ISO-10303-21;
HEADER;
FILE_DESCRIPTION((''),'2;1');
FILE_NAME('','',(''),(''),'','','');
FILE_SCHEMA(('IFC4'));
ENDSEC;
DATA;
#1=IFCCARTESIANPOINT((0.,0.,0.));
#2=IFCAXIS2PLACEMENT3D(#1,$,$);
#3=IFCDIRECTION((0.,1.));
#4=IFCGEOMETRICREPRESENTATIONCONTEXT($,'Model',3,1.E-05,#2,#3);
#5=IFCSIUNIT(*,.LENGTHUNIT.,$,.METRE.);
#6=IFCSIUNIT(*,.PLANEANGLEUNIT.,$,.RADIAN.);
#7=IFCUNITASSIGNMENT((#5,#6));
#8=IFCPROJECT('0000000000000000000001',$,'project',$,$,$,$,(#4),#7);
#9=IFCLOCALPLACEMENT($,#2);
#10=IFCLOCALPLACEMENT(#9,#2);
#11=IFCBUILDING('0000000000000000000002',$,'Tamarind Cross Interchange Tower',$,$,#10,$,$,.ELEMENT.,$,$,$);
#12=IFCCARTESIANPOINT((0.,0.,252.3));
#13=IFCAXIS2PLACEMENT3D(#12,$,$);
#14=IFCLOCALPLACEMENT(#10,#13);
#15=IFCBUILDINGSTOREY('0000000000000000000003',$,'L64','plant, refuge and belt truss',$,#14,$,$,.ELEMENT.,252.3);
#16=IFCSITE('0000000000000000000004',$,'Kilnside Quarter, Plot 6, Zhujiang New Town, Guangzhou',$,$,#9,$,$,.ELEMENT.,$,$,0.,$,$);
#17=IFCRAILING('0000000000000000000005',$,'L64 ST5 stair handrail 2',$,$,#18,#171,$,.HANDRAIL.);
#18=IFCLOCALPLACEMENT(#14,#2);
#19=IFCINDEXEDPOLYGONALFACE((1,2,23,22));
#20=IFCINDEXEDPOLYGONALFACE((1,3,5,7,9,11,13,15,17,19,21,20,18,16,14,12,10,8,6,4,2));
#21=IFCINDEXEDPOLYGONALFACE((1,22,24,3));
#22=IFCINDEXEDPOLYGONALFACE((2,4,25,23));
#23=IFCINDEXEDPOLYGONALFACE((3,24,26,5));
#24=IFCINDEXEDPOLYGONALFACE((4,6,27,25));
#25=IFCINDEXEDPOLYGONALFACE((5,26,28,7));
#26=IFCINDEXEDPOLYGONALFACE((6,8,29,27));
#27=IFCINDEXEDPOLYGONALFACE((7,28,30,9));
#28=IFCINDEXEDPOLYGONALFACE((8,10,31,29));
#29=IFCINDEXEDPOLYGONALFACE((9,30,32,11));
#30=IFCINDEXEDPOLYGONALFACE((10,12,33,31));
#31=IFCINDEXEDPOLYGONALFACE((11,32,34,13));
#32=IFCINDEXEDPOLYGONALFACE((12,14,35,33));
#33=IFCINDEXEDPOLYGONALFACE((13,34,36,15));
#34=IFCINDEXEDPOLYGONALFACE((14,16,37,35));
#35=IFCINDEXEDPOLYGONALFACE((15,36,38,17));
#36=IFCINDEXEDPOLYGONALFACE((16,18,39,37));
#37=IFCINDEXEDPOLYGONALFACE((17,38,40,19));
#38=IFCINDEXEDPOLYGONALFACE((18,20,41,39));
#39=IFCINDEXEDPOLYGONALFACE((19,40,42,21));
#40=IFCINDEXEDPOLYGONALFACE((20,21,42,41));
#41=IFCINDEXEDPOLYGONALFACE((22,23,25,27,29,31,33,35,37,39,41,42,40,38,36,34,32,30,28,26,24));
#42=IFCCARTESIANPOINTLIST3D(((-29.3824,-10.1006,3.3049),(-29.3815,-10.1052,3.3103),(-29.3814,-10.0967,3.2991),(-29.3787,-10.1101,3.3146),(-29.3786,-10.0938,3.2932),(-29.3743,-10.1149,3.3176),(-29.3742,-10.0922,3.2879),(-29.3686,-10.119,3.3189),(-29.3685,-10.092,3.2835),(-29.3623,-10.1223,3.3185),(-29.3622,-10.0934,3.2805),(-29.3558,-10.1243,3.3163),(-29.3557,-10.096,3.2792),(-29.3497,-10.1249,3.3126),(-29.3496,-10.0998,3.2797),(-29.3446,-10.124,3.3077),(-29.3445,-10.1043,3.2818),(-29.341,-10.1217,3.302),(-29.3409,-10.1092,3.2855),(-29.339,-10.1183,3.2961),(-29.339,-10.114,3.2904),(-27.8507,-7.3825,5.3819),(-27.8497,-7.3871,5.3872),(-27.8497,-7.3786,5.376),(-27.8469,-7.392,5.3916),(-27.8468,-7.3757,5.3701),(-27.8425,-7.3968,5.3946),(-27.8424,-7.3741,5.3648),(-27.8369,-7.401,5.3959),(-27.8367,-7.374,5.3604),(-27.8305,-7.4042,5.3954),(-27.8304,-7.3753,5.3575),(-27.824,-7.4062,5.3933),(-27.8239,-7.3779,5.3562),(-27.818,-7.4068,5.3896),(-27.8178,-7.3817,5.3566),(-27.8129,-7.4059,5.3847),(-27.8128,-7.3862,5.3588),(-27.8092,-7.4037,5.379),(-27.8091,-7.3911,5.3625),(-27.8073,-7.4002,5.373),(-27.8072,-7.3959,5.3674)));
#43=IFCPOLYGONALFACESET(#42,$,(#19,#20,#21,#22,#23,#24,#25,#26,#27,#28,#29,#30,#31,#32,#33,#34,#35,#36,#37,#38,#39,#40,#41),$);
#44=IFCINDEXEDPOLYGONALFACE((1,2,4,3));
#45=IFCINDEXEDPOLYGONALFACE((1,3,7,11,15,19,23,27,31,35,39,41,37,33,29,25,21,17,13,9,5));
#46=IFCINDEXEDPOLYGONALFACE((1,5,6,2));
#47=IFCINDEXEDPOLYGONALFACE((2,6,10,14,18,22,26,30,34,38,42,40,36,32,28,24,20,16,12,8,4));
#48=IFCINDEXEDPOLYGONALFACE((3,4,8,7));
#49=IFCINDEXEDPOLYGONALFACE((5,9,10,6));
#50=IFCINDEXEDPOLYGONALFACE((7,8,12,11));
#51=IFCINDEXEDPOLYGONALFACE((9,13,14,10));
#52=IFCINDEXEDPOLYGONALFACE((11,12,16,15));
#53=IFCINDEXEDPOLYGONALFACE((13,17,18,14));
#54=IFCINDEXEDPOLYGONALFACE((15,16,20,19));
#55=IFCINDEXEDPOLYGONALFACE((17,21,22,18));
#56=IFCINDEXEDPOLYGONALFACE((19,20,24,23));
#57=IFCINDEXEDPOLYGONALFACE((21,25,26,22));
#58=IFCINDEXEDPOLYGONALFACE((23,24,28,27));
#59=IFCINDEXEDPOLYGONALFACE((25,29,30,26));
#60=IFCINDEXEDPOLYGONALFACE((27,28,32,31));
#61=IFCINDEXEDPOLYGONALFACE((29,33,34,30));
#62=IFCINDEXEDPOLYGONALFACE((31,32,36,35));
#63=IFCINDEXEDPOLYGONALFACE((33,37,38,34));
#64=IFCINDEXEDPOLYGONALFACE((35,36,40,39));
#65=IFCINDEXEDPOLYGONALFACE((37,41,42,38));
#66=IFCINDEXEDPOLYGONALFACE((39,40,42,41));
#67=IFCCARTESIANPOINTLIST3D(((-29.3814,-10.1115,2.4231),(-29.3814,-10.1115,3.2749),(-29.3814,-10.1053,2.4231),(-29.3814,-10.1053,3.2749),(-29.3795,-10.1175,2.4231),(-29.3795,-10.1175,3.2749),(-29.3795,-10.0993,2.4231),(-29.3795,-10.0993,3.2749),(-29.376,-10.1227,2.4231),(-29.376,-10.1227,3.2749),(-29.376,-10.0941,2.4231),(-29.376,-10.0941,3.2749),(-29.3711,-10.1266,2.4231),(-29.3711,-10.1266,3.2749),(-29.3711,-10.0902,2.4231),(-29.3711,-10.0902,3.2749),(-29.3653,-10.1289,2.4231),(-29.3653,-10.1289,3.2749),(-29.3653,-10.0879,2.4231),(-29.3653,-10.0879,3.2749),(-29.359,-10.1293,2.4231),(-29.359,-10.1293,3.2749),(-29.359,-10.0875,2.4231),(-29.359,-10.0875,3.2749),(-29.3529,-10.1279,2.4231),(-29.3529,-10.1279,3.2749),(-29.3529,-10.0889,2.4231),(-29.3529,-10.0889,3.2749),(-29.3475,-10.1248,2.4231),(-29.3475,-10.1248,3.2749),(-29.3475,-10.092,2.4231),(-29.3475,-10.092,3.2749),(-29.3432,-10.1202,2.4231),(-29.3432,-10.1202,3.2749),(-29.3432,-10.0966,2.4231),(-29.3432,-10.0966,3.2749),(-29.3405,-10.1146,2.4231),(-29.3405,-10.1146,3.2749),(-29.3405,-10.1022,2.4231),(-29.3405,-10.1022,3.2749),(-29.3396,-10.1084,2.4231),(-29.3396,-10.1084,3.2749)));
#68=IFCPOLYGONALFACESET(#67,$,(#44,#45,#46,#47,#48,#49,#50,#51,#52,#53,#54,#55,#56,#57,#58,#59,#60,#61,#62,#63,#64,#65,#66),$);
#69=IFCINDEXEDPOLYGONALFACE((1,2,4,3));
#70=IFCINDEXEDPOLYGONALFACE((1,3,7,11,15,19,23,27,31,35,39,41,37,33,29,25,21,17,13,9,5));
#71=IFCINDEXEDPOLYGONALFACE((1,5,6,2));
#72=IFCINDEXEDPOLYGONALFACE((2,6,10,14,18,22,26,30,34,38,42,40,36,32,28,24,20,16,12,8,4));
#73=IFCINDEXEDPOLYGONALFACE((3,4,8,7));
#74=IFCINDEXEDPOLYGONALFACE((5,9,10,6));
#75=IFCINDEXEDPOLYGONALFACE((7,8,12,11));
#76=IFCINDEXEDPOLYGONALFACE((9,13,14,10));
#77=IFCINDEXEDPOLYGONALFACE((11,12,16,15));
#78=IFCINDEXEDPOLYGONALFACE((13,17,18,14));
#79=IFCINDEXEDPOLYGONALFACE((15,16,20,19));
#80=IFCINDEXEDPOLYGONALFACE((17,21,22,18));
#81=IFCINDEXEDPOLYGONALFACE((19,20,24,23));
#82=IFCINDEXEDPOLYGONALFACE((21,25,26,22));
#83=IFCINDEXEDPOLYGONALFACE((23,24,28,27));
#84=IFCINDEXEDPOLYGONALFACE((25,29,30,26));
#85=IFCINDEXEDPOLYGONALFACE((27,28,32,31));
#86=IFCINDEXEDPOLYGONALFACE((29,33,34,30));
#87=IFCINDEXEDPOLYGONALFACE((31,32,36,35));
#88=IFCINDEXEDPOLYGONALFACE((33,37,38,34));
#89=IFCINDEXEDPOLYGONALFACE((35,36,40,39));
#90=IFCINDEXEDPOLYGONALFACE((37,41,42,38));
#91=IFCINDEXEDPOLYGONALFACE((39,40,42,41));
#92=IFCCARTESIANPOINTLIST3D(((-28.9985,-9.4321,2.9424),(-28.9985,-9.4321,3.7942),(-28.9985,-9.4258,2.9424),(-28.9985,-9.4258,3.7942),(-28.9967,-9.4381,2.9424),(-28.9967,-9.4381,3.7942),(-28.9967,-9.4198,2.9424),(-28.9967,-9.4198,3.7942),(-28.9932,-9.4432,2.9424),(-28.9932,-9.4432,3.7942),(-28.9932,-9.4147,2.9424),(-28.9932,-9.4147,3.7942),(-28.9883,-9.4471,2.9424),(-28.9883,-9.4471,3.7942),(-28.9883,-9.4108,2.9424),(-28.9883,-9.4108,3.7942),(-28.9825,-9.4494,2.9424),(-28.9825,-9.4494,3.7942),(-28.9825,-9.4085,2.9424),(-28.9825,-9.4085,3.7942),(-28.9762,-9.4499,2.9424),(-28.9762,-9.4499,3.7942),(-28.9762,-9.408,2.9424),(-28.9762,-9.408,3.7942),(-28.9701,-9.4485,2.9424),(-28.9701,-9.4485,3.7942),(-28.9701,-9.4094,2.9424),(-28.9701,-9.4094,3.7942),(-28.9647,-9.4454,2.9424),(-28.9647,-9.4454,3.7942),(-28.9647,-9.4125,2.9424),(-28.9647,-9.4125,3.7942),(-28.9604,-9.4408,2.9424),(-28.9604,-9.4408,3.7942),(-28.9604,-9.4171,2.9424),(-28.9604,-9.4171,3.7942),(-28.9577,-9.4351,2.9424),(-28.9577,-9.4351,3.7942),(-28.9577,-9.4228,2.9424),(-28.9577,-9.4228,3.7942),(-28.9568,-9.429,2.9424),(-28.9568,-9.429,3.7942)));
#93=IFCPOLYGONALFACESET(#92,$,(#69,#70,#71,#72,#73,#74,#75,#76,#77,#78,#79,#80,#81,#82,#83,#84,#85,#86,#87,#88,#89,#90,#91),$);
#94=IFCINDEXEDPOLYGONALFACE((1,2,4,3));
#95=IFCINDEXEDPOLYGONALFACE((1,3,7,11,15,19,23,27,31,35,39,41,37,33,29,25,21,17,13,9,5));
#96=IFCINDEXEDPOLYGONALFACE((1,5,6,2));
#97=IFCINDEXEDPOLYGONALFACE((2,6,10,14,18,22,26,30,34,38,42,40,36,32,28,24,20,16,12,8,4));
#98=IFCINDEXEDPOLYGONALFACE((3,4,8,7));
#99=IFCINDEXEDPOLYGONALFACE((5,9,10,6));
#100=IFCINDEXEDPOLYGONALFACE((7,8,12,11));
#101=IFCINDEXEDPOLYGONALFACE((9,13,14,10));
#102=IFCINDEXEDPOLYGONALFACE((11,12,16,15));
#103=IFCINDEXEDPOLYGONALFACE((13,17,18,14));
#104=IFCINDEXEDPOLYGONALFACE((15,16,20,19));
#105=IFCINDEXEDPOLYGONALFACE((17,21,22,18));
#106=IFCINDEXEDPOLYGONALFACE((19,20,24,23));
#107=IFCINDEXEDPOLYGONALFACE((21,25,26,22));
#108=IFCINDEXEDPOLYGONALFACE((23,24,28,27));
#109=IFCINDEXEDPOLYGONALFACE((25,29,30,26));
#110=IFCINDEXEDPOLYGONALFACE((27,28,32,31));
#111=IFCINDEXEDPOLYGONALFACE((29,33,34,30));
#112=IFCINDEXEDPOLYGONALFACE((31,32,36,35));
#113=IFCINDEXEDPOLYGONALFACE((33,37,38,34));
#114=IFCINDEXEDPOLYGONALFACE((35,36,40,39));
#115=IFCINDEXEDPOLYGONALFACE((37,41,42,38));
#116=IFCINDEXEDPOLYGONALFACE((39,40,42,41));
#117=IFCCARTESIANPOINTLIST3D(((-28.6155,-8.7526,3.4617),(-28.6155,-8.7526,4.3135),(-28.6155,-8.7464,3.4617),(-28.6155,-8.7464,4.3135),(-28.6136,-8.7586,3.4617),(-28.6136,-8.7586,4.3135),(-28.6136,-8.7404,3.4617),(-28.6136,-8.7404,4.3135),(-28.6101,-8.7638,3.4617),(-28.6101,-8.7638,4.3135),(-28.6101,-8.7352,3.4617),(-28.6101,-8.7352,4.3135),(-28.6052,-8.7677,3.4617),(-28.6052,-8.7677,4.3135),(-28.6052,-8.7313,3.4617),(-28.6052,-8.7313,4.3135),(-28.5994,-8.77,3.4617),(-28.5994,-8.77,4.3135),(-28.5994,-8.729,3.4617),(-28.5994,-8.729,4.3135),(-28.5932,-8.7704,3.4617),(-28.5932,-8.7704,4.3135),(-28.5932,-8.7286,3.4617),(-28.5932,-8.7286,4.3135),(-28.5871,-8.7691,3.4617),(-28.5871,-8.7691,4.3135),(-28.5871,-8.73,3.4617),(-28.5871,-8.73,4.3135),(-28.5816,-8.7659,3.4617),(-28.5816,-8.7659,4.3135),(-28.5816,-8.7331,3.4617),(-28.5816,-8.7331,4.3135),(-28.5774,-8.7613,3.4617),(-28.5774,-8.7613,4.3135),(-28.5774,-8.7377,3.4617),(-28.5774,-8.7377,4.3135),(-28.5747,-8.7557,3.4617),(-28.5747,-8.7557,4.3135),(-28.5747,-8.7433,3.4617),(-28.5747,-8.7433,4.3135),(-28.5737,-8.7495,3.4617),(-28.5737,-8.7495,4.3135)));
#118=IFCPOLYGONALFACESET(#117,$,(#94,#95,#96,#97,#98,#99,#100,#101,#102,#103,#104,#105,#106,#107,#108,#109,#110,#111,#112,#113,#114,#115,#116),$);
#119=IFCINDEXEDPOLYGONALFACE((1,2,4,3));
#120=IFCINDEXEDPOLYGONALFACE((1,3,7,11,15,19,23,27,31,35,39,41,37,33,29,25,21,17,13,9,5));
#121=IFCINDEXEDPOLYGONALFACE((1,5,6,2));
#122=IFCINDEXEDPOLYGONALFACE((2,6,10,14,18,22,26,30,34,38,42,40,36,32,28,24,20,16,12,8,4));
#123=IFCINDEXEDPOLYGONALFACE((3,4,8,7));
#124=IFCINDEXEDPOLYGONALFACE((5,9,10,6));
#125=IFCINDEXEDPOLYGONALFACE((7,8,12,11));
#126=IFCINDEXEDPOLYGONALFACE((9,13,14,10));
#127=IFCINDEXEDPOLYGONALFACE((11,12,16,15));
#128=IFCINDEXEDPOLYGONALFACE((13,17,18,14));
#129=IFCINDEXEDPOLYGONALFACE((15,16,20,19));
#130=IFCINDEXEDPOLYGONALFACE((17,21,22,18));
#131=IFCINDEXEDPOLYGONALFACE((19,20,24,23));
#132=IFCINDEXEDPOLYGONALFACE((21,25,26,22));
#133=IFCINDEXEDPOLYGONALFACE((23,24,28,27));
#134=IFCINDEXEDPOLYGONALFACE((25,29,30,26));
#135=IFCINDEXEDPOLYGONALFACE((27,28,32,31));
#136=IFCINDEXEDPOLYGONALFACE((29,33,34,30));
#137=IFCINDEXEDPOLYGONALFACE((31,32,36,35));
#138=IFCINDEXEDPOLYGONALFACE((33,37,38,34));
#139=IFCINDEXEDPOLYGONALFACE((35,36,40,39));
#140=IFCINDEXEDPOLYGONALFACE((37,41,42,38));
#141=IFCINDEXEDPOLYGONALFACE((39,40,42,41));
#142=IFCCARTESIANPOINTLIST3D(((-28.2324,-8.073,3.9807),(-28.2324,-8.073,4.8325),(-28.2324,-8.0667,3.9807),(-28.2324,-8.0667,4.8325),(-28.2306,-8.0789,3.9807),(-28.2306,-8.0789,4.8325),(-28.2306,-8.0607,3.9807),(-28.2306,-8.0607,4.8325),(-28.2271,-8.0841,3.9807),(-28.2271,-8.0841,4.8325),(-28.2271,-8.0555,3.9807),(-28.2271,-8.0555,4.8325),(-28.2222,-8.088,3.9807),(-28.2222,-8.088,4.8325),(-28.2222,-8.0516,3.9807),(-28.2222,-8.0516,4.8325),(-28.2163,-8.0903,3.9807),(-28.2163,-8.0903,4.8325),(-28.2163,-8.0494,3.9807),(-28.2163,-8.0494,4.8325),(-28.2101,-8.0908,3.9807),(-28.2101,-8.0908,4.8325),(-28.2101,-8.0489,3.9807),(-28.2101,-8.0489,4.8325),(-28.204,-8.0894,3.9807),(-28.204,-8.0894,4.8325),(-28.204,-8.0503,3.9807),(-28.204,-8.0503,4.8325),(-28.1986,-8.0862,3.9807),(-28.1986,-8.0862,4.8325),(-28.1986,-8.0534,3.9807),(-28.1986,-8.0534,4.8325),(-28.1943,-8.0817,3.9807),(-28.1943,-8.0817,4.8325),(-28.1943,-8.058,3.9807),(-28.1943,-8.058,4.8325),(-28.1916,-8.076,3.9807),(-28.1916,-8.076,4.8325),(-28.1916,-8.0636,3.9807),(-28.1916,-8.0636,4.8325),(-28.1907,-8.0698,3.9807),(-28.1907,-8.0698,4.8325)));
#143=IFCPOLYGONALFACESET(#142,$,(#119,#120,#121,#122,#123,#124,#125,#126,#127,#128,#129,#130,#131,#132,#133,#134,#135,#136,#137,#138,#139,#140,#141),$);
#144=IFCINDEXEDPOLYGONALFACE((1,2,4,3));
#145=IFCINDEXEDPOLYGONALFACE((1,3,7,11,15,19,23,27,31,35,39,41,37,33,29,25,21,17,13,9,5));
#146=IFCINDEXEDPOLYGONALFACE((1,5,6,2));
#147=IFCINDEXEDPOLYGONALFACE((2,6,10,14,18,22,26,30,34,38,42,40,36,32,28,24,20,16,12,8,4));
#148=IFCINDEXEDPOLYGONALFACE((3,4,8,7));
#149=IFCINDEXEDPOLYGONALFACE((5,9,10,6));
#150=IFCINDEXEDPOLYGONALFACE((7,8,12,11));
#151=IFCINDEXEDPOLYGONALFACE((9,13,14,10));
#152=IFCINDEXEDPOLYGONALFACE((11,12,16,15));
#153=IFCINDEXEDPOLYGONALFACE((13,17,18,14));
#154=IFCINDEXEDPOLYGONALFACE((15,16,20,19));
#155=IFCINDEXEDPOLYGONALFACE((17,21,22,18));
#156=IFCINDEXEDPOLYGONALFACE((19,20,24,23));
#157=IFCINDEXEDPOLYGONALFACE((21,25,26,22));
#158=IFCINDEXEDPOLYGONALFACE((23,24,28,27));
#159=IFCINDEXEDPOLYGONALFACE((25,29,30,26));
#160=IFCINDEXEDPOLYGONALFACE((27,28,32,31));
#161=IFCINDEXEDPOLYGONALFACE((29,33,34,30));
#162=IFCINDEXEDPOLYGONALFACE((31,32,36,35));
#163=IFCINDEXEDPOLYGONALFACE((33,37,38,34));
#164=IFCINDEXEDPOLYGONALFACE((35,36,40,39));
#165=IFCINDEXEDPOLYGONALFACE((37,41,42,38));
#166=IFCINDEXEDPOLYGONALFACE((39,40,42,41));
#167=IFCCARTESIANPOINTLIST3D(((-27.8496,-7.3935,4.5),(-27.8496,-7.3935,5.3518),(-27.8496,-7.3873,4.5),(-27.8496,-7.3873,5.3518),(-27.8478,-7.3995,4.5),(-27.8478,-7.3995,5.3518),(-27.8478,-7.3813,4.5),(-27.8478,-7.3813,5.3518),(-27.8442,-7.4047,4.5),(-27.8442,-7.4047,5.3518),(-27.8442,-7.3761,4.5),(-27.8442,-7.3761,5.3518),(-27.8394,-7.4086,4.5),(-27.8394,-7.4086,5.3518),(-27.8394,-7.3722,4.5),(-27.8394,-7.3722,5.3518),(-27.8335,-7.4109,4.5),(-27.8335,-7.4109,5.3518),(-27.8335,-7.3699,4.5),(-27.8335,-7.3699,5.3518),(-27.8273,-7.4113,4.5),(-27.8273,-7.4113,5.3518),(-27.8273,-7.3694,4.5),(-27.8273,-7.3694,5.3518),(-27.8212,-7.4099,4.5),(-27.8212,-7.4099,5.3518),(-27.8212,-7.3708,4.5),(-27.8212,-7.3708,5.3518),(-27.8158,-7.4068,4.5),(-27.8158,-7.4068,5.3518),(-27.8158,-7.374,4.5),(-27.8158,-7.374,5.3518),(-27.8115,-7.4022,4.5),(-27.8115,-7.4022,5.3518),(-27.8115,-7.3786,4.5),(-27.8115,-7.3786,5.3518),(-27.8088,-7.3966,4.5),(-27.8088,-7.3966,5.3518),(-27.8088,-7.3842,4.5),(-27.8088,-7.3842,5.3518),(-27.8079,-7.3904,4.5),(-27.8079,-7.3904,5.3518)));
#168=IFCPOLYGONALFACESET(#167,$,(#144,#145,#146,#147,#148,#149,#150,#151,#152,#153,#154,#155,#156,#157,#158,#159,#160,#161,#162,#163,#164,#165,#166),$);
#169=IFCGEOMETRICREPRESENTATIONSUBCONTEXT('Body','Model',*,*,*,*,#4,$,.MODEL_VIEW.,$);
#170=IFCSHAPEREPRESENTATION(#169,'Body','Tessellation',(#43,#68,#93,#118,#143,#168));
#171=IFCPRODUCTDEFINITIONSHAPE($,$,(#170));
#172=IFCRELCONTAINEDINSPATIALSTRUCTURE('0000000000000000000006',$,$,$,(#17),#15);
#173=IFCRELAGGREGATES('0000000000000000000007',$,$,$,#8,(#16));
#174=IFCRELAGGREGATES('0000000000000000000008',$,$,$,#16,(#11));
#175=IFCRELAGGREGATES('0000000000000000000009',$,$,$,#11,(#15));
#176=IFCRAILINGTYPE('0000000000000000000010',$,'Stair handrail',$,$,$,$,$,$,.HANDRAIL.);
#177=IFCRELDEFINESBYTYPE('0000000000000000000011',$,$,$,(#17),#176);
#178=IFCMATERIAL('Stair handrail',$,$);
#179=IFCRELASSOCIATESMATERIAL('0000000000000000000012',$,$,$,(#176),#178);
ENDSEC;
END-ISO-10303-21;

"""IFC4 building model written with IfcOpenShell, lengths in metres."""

from ifc_helpers import new_model, si_unit, direction, frame, origin, origin_2d, place, context, subcontext, project, spatial, circle, extrude, material, type_object, element, save


model = new_model("IFC4")

# Units and contexts
model_context = context("Model", 3, precision=1e-05, world=origin(), true_north=direction((0.0, 1.0)))
body_context = subcontext(model_context, "Body", "Model", "MODEL_VIEW")
ifc_project = project(units=[si_unit("LENGTHUNIT", "METRE"), si_unit("PLANEANGLEUNIT", "RADIAN")], contexts=[model_context])

# Site, building, storey
site_placement = place(None, origin())
site = spatial("IfcSite", under=ifc_project, at=site_placement, Name="Kilnside Quarter, Plot 6, Zhujiang New Town, Guangzhou", CompositionType="ELEMENT", RefElevation=0.0)
building_placement = place(site_placement, origin())
building = spatial("IfcBuilding", under=site, at=building_placement, Name="Tamarind Cross Interchange Tower", CompositionType="ELEMENT")
storey_placement = place(building_placement, frame((0.0, 0.0, 252.3)))
storey = spatial("IfcBuildingStorey", under=building, at=storey_placement, Name="L64", Description="plant, refuge and belt truss", CompositionType="ELEMENT", Elevation=252.3)

# Railing
ifc_material_1 = material(Name="Stair handrail")
railing_type_1 = type_object("IfcRailingType", Name="Stair handrail", PredefinedType="HANDRAIL", material=ifc_material_1)
railing_1_placement = place(storey_placement, frame((-29.3606, -10.1084, 2.4231)))
element("IfcRailing", 1, at=railing_1_placement, inside=storey, type_object=railing_type_1, Name="L64 ST5 stair handrail 2", PredefinedType="HANDRAIL", context=body_context, shape_type="SweptSolid", body=[
    extrude(circle(Radius=0.0239, at=origin_2d()), frame((0.0, 0.0, 0.876), z_axis=(0.408683, 0.725195, 0.554139), x_axis=(-0.871184, 0.490956, 0.0)), (0.0, 0.0, 1.0), 3.748),
    extrude(circle(Radius=0.021, at=origin_2d()), origin(), (0.0, 0.0, 1.0), 0.8518),
    extrude(circle(Radius=0.021, at=origin_2d()), frame((0.3828, 0.6794, 0.5193)), (0.0, 0.0, 1.0), 0.8518),
    extrude(circle(Radius=0.021, at=origin_2d()), frame((0.7659, 1.3589, 1.0386)), (0.0, 0.0, 1.0), 0.8518),
    extrude(circle(Radius=0.021, at=origin_2d()), frame((1.1489, 2.0386, 1.5576)), (0.0, 0.0, 1.0), 0.8518),
    extrude(circle(Radius=0.021, at=origin_2d()), frame((1.5317, 2.718, 2.0769)), (0.0, 0.0, 1.0), 0.8518),
])

save(model, "model.ifc")
